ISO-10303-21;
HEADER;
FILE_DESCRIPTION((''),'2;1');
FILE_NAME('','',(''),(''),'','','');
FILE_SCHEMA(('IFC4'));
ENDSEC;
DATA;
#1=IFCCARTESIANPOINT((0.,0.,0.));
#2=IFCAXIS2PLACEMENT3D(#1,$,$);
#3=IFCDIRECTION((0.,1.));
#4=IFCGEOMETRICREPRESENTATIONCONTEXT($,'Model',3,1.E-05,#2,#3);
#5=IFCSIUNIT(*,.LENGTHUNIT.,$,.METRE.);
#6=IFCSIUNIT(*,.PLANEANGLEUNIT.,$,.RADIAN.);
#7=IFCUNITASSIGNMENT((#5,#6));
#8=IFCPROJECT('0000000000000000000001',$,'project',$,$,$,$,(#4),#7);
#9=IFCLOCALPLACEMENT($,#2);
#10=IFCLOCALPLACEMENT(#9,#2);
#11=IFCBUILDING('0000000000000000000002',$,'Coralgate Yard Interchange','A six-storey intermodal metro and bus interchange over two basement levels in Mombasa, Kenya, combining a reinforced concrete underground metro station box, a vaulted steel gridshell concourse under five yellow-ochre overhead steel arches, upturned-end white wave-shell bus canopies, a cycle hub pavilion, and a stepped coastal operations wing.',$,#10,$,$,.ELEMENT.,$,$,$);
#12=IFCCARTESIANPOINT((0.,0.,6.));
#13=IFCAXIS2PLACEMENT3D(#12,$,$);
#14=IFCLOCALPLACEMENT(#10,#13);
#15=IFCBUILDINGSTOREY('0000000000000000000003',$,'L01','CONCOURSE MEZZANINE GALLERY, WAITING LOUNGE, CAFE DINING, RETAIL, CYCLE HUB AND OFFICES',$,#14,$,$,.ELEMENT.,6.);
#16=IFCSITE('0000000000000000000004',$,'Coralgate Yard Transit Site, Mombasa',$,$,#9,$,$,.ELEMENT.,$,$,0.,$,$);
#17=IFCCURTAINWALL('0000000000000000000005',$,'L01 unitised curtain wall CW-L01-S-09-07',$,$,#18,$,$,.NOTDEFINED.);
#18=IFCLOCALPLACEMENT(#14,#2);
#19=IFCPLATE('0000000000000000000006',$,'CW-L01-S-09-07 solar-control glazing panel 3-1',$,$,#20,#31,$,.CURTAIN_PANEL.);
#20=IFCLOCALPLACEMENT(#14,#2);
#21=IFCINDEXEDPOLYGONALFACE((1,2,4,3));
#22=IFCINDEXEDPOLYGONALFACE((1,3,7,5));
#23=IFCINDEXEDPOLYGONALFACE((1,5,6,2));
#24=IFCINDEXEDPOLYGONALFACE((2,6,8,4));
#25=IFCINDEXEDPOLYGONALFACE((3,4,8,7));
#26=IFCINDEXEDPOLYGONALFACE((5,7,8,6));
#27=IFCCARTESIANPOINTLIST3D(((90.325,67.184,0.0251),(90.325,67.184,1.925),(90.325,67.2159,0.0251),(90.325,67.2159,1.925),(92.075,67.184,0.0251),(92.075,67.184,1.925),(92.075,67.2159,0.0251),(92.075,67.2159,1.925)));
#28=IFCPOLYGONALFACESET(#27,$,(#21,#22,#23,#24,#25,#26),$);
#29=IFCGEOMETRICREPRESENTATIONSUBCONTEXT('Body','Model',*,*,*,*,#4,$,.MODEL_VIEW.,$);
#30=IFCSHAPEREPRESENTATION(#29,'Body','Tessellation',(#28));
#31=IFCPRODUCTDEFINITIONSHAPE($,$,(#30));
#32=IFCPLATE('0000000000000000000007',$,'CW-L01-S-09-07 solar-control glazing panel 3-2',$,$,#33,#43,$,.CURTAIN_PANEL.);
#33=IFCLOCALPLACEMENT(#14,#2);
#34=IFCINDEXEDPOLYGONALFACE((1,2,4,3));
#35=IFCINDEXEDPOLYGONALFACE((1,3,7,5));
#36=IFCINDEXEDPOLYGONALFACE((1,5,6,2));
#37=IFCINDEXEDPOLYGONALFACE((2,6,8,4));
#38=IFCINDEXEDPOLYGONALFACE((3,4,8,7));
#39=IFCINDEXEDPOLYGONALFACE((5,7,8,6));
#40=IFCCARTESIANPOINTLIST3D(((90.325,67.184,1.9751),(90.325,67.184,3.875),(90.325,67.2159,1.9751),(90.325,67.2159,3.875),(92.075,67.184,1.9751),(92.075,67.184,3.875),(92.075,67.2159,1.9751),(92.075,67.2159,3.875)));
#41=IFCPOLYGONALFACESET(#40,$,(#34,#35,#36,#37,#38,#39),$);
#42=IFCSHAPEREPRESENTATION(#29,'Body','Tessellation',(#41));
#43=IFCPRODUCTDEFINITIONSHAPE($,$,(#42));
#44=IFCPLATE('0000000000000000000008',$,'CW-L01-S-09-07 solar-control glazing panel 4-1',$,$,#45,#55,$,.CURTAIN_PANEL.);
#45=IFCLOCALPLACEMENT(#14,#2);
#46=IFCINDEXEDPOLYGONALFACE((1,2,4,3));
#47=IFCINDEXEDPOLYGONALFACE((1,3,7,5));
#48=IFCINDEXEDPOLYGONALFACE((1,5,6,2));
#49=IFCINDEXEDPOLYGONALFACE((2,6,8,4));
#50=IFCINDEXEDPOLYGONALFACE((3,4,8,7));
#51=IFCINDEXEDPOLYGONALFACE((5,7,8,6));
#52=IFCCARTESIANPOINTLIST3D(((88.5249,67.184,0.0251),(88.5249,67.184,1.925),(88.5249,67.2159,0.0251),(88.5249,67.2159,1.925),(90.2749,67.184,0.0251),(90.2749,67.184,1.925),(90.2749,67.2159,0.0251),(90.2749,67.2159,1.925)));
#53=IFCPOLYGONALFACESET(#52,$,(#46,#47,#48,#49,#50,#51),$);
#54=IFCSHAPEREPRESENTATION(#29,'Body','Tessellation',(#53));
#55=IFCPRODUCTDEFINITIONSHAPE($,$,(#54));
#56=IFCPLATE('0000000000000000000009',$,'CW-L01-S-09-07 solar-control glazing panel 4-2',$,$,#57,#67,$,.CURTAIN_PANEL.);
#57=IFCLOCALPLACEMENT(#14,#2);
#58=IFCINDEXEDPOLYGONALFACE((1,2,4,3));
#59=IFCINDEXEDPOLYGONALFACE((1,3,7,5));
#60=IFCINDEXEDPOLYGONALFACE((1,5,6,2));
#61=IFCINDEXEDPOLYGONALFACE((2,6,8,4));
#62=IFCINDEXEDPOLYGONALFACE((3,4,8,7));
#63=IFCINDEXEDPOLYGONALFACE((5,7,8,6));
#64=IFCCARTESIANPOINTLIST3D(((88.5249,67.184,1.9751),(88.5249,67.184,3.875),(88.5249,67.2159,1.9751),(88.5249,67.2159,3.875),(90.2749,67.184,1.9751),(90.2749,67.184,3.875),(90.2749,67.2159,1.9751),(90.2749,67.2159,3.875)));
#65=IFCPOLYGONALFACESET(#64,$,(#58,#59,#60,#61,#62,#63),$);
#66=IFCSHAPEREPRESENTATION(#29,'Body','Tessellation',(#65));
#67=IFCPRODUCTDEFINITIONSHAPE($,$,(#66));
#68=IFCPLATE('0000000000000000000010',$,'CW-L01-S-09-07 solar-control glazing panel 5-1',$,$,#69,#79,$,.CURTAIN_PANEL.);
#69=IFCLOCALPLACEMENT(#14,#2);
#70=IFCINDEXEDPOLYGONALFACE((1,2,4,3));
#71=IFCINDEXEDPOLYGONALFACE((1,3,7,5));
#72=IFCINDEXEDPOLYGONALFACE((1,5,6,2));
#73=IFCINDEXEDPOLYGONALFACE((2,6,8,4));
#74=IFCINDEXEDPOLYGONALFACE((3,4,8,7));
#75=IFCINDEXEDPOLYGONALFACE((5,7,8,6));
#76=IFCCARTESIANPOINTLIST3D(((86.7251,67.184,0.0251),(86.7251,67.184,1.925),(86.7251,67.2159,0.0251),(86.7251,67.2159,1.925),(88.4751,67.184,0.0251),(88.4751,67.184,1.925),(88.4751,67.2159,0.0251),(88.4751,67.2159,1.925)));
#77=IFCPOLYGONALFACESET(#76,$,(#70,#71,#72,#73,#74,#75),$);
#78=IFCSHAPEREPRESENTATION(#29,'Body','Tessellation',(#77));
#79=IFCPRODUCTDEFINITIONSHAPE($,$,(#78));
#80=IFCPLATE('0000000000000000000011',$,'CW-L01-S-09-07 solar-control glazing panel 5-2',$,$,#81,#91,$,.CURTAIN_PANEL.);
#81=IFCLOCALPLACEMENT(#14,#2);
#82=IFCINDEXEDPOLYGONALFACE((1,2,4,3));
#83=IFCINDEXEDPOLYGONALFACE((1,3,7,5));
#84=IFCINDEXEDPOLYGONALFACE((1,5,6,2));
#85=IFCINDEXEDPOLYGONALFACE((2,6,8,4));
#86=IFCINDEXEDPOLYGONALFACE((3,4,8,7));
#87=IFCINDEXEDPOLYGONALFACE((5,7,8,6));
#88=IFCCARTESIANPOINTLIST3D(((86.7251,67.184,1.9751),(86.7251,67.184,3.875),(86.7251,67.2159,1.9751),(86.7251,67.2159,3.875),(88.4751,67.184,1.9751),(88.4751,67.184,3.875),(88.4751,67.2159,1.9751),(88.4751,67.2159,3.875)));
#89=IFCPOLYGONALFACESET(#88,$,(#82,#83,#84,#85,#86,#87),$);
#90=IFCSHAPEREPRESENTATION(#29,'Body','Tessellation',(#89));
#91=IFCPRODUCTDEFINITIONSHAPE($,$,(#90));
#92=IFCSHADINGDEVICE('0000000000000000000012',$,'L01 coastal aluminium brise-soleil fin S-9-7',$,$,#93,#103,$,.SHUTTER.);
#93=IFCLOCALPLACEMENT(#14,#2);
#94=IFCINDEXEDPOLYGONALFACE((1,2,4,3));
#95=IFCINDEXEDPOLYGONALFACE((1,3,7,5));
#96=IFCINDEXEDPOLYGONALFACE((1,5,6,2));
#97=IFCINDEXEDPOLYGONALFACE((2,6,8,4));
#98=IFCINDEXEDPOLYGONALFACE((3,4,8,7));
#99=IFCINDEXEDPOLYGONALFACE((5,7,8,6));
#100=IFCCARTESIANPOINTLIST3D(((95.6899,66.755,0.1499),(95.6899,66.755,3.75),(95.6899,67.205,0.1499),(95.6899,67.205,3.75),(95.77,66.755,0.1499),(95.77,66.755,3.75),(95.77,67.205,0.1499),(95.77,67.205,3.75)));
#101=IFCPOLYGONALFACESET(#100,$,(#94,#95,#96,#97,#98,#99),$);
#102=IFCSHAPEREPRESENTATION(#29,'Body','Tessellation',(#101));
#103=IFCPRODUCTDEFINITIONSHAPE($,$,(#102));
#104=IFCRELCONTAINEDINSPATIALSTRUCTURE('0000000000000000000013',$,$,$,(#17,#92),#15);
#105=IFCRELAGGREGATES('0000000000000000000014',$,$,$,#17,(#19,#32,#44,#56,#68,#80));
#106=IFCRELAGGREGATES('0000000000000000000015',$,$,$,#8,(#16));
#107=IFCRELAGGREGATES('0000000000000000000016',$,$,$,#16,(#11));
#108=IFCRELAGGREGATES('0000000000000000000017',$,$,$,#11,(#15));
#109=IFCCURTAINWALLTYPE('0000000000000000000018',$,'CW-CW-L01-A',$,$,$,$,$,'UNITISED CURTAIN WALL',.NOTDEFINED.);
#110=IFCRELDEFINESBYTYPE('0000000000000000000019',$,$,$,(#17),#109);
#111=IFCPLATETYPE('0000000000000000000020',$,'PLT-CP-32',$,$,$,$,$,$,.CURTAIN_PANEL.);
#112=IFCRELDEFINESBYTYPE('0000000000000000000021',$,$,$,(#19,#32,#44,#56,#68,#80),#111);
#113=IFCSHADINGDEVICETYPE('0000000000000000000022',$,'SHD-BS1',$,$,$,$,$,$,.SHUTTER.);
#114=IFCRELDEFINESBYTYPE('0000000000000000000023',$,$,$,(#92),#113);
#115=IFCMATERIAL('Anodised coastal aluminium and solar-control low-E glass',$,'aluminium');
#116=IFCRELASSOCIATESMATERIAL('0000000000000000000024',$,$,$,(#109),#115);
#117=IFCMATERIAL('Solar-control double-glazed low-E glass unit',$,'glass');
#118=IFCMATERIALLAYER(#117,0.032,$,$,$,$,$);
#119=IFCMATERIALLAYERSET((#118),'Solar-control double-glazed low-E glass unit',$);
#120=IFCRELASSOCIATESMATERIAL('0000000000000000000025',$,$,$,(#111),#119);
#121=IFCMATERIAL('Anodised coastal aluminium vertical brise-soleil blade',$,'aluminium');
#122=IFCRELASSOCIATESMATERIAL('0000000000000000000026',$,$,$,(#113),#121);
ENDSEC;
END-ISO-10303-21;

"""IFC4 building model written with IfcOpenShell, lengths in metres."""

from ifc_helpers import new_model, si_unit, direction, frame, origin, origin_2d, place, context, subcontext, project, spatial, rectangle, extrude, material, layer, layer_set, type_object, element, aggregate, save


model = new_model("IFC4")

# Units and contexts
model_context = context("Model", 3, precision=1e-05, world=origin(), true_north=direction((0.0, 1.0)))
body_context = subcontext(model_context, "Body", "Model", "MODEL_VIEW")
ifc_project = project(units=[si_unit("LENGTHUNIT", "METRE"), si_unit("PLANEANGLEUNIT", "RADIAN")], contexts=[model_context])

# Site, building, storey
site_placement = place(None, origin())
site = spatial("IfcSite", under=ifc_project, at=site_placement, Name="Coralgate Yard Transit Site, Mombasa", CompositionType="ELEMENT", RefElevation=0.0)
building_placement = place(site_placement, origin())
building = spatial("IfcBuilding", under=site, at=building_placement, Name="Coralgate Yard Interchange", Description="A six-storey intermodal metro and bus interchange over two basement levels in Mombasa, Kenya, combining a reinforced concrete underground metro station box, a vaulted steel gridshell concourse under five yellow-ochre overhead steel arches, upturned-end white wave-shell bus canopies, a cycle hub pavilion, and a stepped coastal operations wing.", CompositionType="ELEMENT")
storey_placement = place(building_placement, frame((0.0, 0.0, 6.0)))
storey = spatial("IfcBuildingStorey", under=building, at=storey_placement, Name="L01", Description="CONCOURSE MEZZANINE GALLERY, WAITING LOUNGE, CAFE DINING, RETAIL, CYCLE HUB AND OFFICES", CompositionType="ELEMENT", Elevation=6.0)

# Curtain wall, plates
ifc_material_1 = material(Name="Anodised coastal aluminium and solar-control low-E glass", Category="aluminium")
curtain_wall_type = type_object("IfcCurtainWallType", Name="CW-CW-L01-A", ElementType="UNITISED CURTAIN WALL", PredefinedType="NOTDEFINED", material=ifc_material_1)
curtain_wall_placement = place(storey_placement, origin())
curtain_wall = element("IfcCurtainWall", 1, at=curtain_wall_placement, inside=storey, type_object=curtain_wall_type, Name="L01 unitised curtain wall CW-L01-S-09-07", PredefinedType="NOTDEFINED")
ifc_material_2 = material(Name="Solar-control double-glazed low-E glass unit", Category="glass")
ifc_layer = layer(ifc_material_2, 0.032)
ifc_layer_set = layer_set([ifc_layer], Name="Solar-control double-glazed low-E glass unit")
plate_type = type_object("IfcPlateType", Name="PLT-CP-32", PredefinedType="CURTAIN_PANEL", material=ifc_layer_set)
plate_1_placement = place(storey_placement, frame((91.2, 67.2, 0.0251), z_axis=(0.0, 0.0, 1.0), x_axis=(-1.0, 0.0, 0.0)))
plate_1 = element("IfcPlate", 2, at=plate_1_placement, type_object=plate_type, Name="CW-L01-S-09-07 solar-control glazing panel 3-1", PredefinedType="CURTAIN_PANEL", context=body_context, shape_type="SweptSolid", body=[
    extrude(rectangle(XDim=1.75, YDim=0.032, at=origin_2d()), origin(), (0.0, 0.0, 1.0), 1.8999),
])
plate_2_placement = place(storey_placement, frame((91.2, 67.2, 1.9751), z_axis=(0.0, 0.0, 1.0), x_axis=(-1.0, 0.0, 0.0)))
plate_2 = element("IfcPlate", 3, at=plate_2_placement, type_object=plate_type, Name="CW-L01-S-09-07 solar-control glazing panel 3-2", PredefinedType="CURTAIN_PANEL", context=body_context, shape_type="SweptSolid", body=[
    extrude(rectangle(XDim=1.75, YDim=0.032, at=origin_2d()), origin(), (0.0, 0.0, 1.0), 1.8999),
])
plate_3_placement = place(storey_placement, frame((89.3999, 67.2, 0.0251), z_axis=(0.0, 0.0, 1.0), x_axis=(-1.0, 0.0, 0.0)))
plate_3 = element("IfcPlate", 4, at=plate_3_placement, type_object=plate_type, Name="CW-L01-S-09-07 solar-control glazing panel 4-1", PredefinedType="CURTAIN_PANEL", context=body_context, shape_type="SweptSolid", body=[
    extrude(rectangle(XDim=1.75, YDim=0.032, at=origin_2d()), origin(), (0.0, 0.0, 1.0), 1.8999),
])
plate_4_placement = place(storey_placement, frame((89.3999, 67.2, 1.9751), z_axis=(0.0, 0.0, 1.0), x_axis=(-1.0, 0.0, 0.0)))
plate_4 = element("IfcPlate", 5, at=plate_4_placement, type_object=plate_type, Name="CW-L01-S-09-07 solar-control glazing panel 4-2", PredefinedType="CURTAIN_PANEL", context=body_context, shape_type="SweptSolid", body=[
    extrude(rectangle(XDim=1.75, YDim=0.032, at=origin_2d()), origin(), (0.0, 0.0, 1.0), 1.8999),
])
plate_5_placement = place(storey_placement, frame((87.6001, 67.2, 0.0251), z_axis=(0.0, 0.0, 1.0), x_axis=(-1.0, 0.0, 0.0)))
plate_5 = element("IfcPlate", 6, at=plate_5_placement, type_object=plate_type, Name="CW-L01-S-09-07 solar-control glazing panel 5-1", PredefinedType="CURTAIN_PANEL", context=body_context, shape_type="SweptSolid", body=[
    extrude(rectangle(XDim=1.75, YDim=0.032, at=origin_2d()), origin(), (0.0, 0.0, 1.0), 1.8999),
])
plate_6_placement = place(storey_placement, frame((87.6001, 67.2, 1.9751), z_axis=(0.0, 0.0, 1.0), x_axis=(-1.0, 0.0, 0.0)))
plate_6 = element("IfcPlate", 7, at=plate_6_placement, type_object=plate_type, Name="CW-L01-S-09-07 solar-control glazing panel 5-2", PredefinedType="CURTAIN_PANEL", context=body_context, shape_type="SweptSolid", body=[
    extrude(rectangle(XDim=1.75, YDim=0.032, at=origin_2d()), origin(), (0.0, 0.0, 1.0), 1.8999),
])
aggregate(curtain_wall, [plate_1, plate_2, plate_3, plate_4, plate_5, plate_6])

# Shading device
ifc_material_3 = material(Name="Anodised coastal aluminium vertical brise-soleil blade", Category="aluminium")
shading_device_type = type_object("IfcShadingDeviceType", Name="SHD-BS1", PredefinedType="SHUTTER", material=ifc_material_3)
shading_device_placement = place(storey_placement, frame((95.73, 66.98, 0.1499), z_axis=(0.0, 0.0, 1.0), x_axis=(-1.0, 0.0, 0.0)))
element("IfcShadingDevice", 8, at=shading_device_placement, inside=storey, type_object=shading_device_type, Name="L01 coastal aluminium brise-soleil fin S-9-7", PredefinedType="SHUTTER", context=body_context, shape_type="SweptSolid", body=[
    extrude(rectangle(XDim=0.0801, YDim=0.45, at=origin_2d()), origin(), (0.0, 0.0, 1.0), 3.6001),
])

save(model, "model.ifc")
